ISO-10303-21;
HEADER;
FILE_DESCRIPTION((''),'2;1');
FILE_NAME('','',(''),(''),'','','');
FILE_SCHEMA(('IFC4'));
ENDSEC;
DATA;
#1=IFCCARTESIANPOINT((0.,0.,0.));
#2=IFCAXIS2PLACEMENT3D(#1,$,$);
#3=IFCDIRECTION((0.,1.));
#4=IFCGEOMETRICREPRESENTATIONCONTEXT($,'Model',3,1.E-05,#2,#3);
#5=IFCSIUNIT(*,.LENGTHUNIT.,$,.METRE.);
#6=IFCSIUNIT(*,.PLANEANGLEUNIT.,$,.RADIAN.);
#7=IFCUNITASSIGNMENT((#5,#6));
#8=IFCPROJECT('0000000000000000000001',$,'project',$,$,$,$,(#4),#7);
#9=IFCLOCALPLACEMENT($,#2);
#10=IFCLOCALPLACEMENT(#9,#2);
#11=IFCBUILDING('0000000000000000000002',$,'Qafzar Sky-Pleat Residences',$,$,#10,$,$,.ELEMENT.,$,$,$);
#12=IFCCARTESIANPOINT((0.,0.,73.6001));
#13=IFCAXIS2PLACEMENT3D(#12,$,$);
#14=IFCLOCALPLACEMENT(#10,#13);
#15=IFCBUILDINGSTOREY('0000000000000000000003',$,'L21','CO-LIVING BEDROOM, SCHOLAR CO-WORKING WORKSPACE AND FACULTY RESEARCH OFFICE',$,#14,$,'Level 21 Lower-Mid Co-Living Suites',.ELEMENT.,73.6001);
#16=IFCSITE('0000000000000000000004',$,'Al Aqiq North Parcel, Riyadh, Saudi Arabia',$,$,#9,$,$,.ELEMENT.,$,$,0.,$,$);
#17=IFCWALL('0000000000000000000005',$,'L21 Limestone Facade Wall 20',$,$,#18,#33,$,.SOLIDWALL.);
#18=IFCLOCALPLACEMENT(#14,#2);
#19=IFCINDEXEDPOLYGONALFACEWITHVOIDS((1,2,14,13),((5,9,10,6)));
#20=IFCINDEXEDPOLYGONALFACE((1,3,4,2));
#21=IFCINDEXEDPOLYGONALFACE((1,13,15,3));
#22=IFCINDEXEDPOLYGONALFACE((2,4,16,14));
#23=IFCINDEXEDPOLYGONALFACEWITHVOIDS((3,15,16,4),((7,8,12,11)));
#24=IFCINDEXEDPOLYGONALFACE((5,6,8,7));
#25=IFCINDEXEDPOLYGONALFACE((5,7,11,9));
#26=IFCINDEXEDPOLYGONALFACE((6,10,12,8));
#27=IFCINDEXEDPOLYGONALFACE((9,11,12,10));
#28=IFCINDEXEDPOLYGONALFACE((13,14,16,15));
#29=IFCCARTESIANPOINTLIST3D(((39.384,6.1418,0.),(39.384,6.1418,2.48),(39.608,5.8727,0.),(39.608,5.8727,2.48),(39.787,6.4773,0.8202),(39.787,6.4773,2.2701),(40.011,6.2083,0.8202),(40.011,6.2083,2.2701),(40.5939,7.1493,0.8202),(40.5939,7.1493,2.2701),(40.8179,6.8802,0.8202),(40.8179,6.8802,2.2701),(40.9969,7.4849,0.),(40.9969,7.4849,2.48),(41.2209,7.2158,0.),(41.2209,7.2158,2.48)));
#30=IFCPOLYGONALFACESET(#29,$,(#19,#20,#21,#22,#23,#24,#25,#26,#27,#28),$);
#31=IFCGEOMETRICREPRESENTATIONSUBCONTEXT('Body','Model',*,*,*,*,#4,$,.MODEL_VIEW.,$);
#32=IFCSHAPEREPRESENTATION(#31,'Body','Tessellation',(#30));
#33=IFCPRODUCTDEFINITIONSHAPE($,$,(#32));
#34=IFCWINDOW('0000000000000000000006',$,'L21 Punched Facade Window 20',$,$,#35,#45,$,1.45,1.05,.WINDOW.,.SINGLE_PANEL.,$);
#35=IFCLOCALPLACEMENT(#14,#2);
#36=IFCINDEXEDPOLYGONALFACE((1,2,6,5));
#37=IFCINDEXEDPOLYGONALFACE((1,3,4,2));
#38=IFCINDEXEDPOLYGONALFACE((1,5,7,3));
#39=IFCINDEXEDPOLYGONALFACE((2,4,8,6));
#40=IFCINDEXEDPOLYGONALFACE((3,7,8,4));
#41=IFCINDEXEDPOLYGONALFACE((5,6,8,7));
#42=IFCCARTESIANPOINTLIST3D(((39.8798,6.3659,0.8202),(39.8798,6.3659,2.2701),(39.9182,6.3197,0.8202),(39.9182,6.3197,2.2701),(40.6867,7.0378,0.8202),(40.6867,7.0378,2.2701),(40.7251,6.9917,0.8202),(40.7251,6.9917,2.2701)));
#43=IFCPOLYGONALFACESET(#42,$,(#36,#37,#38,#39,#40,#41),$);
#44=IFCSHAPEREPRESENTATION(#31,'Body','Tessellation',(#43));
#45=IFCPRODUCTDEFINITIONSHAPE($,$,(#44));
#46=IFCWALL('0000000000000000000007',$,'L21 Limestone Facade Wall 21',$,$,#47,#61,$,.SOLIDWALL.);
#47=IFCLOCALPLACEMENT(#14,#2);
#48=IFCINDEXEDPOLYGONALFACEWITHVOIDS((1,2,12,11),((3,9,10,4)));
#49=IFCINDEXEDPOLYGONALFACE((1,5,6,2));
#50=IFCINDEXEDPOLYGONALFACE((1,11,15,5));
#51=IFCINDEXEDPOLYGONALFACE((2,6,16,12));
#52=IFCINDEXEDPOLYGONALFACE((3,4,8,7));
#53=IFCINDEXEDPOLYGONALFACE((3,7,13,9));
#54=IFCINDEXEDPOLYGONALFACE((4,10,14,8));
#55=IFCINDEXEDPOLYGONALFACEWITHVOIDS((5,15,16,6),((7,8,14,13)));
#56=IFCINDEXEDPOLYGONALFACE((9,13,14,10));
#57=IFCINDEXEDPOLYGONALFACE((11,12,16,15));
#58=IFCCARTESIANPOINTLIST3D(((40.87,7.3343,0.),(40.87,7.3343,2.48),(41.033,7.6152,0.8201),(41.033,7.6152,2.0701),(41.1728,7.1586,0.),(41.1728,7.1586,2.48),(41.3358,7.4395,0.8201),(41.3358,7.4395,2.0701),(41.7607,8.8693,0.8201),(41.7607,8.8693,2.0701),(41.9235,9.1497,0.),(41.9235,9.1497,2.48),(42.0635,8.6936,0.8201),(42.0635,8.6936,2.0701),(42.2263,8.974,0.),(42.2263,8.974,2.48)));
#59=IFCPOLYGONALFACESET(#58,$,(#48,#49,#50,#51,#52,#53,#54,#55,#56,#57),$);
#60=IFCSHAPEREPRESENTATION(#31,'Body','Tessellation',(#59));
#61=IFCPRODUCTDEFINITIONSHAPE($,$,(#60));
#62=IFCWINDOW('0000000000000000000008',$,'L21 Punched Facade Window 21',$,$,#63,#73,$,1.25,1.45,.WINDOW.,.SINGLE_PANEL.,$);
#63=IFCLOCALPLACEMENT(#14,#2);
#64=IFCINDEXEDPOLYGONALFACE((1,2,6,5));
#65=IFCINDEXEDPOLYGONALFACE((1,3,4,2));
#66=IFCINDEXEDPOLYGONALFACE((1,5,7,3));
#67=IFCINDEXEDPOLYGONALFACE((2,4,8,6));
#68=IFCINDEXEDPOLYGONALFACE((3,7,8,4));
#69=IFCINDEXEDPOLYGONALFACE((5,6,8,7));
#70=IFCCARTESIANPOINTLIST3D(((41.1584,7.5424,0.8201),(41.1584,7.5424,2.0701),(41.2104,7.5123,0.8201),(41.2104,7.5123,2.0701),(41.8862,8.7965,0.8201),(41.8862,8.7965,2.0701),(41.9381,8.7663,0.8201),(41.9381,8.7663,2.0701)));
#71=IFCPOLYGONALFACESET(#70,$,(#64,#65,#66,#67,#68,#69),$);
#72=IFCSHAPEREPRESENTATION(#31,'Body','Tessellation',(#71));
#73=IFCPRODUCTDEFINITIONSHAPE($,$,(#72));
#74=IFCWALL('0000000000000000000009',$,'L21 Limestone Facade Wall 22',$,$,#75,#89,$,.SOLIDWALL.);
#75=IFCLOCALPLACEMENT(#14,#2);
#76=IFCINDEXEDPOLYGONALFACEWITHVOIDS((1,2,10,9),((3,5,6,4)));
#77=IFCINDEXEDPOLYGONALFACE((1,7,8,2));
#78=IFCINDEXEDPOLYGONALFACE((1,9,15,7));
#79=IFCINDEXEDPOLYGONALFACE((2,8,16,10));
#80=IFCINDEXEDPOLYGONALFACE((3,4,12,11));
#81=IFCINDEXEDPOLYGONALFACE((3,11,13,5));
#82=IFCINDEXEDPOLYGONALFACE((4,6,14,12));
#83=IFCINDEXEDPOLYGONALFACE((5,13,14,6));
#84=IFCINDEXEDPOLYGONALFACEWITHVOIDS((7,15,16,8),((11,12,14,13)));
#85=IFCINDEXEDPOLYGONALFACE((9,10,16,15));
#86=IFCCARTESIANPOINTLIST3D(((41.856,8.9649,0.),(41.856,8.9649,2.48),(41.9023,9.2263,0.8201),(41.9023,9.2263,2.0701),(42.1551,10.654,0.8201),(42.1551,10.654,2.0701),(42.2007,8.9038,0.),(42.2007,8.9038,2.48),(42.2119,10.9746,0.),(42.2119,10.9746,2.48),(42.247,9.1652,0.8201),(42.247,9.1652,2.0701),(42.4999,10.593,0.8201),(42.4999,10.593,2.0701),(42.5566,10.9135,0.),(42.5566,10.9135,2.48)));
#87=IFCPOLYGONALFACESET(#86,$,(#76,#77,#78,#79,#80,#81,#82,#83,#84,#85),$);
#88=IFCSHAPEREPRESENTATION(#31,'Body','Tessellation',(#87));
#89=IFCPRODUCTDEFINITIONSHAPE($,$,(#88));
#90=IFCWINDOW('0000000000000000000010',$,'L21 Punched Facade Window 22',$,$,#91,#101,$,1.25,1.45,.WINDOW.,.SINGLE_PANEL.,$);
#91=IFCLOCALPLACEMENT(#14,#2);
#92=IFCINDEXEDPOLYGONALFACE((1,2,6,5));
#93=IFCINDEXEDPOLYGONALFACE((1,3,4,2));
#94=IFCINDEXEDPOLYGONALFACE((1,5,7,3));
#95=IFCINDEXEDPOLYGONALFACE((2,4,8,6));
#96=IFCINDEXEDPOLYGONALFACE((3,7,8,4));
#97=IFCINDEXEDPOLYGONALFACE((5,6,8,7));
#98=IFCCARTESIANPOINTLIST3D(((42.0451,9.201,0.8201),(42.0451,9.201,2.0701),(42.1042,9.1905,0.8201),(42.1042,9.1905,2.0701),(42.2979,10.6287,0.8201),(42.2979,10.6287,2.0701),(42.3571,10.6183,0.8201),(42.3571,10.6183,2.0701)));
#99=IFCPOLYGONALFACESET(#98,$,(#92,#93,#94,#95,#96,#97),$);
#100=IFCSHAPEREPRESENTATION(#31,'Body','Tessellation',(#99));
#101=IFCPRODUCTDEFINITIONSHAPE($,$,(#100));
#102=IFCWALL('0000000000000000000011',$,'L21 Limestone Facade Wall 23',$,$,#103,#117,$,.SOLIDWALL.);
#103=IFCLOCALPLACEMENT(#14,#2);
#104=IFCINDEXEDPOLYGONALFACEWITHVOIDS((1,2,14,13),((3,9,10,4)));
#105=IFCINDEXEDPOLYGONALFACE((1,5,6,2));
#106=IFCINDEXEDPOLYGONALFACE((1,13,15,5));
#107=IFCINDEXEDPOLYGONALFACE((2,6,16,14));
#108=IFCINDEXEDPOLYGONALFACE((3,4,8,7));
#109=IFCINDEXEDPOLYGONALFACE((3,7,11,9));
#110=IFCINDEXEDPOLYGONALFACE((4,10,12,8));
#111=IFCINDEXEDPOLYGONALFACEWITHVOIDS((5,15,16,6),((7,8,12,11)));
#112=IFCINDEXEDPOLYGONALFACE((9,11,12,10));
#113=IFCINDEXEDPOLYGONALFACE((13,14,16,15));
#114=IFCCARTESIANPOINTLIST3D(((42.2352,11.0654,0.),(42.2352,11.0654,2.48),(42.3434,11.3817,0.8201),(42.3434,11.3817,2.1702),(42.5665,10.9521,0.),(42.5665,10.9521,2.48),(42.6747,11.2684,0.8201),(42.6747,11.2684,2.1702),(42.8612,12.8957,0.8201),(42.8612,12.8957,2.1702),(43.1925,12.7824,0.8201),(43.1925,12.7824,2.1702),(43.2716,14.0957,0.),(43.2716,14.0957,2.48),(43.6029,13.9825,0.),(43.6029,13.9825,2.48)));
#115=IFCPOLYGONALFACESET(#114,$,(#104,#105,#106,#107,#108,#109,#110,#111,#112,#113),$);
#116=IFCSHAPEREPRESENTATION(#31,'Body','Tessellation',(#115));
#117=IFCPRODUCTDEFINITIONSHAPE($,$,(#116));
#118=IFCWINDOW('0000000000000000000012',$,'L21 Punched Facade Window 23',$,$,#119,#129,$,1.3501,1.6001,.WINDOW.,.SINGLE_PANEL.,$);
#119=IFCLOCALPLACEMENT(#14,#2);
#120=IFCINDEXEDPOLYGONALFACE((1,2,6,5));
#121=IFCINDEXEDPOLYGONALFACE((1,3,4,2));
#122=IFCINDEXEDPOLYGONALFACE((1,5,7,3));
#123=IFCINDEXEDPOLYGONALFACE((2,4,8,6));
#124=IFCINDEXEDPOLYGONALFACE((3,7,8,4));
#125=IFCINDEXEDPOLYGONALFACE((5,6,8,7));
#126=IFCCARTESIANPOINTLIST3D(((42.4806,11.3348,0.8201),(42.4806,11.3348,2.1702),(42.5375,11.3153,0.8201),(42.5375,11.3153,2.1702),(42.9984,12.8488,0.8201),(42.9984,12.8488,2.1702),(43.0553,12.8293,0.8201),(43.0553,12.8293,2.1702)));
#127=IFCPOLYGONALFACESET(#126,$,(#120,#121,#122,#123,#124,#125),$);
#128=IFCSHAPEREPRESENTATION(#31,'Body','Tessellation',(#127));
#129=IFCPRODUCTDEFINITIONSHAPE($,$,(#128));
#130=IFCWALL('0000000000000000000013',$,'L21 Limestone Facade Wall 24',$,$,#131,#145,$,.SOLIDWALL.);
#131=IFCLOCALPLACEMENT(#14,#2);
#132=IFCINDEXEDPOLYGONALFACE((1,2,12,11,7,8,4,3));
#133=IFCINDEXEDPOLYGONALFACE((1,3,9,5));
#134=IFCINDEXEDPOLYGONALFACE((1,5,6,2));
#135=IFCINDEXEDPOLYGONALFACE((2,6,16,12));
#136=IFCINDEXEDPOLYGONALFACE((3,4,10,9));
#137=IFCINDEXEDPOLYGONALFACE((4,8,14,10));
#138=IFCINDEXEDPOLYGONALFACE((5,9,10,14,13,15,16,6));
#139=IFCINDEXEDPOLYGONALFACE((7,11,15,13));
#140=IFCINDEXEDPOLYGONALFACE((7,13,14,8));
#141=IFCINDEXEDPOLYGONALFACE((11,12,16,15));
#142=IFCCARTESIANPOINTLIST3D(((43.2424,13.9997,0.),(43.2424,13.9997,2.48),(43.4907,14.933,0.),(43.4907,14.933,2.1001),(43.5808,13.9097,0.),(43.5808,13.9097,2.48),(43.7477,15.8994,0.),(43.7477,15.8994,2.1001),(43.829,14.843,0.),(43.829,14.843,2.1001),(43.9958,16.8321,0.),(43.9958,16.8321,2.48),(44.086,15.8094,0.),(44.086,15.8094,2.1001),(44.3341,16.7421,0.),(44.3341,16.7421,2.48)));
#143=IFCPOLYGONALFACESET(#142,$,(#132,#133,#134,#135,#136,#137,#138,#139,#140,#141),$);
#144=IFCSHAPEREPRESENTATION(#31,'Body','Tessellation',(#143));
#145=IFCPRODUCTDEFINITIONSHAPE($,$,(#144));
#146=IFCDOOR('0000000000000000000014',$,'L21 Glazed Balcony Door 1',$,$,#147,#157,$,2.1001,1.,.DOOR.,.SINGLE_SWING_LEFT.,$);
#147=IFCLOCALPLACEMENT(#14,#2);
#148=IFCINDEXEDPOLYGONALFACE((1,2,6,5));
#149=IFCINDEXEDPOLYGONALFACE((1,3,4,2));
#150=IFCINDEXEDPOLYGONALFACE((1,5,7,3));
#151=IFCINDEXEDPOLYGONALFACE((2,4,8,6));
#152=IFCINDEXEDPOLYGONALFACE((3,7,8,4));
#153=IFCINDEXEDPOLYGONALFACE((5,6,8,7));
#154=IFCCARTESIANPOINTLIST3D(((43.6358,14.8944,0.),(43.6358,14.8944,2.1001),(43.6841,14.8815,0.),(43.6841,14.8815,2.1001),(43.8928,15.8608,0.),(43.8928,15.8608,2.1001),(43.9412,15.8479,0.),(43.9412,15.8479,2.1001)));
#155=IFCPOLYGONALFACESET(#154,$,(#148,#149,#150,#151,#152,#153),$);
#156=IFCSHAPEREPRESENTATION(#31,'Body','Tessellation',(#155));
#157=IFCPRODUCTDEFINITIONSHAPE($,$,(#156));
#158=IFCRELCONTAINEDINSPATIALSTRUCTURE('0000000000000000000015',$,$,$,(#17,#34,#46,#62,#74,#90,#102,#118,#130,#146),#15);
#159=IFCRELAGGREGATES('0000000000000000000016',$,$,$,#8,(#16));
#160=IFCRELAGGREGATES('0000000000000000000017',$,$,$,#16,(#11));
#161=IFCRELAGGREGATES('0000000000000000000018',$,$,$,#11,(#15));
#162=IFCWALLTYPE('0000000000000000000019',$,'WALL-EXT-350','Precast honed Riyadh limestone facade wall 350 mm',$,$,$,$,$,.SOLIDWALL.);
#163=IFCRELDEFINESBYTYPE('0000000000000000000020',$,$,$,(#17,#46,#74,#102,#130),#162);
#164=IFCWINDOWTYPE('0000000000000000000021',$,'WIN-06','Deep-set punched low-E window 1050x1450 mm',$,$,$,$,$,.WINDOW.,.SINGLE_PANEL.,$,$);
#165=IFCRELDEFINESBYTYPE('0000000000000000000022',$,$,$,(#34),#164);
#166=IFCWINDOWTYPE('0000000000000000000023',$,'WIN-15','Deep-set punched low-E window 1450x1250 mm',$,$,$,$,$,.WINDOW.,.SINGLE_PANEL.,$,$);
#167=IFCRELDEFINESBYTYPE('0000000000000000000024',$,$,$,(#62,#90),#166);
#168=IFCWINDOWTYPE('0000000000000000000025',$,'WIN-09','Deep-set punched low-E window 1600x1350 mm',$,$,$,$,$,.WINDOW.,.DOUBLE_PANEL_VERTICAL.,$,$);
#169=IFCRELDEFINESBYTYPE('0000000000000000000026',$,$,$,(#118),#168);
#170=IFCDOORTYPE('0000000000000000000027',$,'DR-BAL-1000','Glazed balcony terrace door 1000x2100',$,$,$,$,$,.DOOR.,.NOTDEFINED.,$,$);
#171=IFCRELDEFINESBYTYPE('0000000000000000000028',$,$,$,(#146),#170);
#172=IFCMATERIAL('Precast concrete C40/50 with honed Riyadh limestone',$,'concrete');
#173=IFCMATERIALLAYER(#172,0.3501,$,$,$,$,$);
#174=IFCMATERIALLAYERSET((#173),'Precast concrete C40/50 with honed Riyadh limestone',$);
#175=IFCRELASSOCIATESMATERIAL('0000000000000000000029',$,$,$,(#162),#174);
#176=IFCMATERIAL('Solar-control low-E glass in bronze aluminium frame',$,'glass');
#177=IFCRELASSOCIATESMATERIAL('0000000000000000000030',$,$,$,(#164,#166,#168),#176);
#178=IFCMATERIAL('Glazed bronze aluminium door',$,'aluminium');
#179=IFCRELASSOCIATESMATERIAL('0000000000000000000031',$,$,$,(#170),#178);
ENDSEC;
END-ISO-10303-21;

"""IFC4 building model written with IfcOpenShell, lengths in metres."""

from ifc_helpers import new_model, si_unit, direction, frame, frame_2d, origin, place, context, subcontext, project, spatial, rectangle, extrude, source, transform, mapped, material, layer, layer_set, type_object, element, fill, save


model = new_model("IFC4")

# Units and contexts
model_context = context("Model", 3, precision=1e-05, world=origin(), true_north=direction((0.0, 1.0)))
body_context = subcontext(model_context, "Body", "Model", "MODEL_VIEW")
ifc_project = project(units=[si_unit("LENGTHUNIT", "METRE"), si_unit("PLANEANGLEUNIT", "RADIAN")], contexts=[model_context])

# Site, building, storey
site_placement = place(None, origin())
site = spatial("IfcSite", under=ifc_project, at=site_placement, Name="Al Aqiq North Parcel, Riyadh, Saudi Arabia", CompositionType="ELEMENT", RefElevation=0.0)
building_placement = place(site_placement, origin())
building = spatial("IfcBuilding", under=site, at=building_placement, Name="Qafzar Sky-Pleat Residences", CompositionType="ELEMENT")
storey_placement = place(building_placement, frame((0.0, 0.0, 73.6001)))
storey = spatial("IfcBuildingStorey", under=building, at=storey_placement, Name="L21", Description="CO-LIVING BEDROOM, SCHOLAR CO-WORKING WORKSPACE AND FACULTY RESEARCH OFFICE", LongName="Level 21 Lower-Mid Co-Living Suites", CompositionType="ELEMENT", Elevation=73.6001)

# Walls, openings, windows
ifc_material_1 = material(Name="Precast concrete C40/50 with honed Riyadh limestone", Category="concrete")
ifc_layer_1 = layer(ifc_material_1, 0.3501)
ifc_layer_set_1 = layer_set([ifc_layer_1], Name="Precast concrete C40/50 with honed Riyadh limestone")
wall_type_1 = type_object("IfcWallType", Name="WALL-EXT-350", Description="Precast honed Riyadh limestone facade wall 350 mm", PredefinedType="SOLIDWALL", material=ifc_layer_set_1)
ifc_material_2 = material(Name="Solar-control low-E glass in bronze aluminium frame", Category="glass")
window_type_1 = type_object("IfcWindowType", Name="WIN-06", Description="Deep-set punched low-E window 1050x1450 mm", PartitioningType="SINGLE_PANEL", PredefinedType="WINDOW", material=ifc_material_2)
shared_shape_1 = source(origin(), body_context, "Body", "SweptSolid", [
    extrude(rectangle(XDim=1.05, YDim=1.45, at=frame_2d((0.5249, 0.7251))), frame((0.0, 0.03, 0.0), z_axis=(0.0, -1.0, 0.0), x_axis=(1.0, 0.0, 0.0)), (0.0, 0.0, 1.0), 0.0601),
])
wall_1_placement = place(storey_placement, frame((39.4961, 6.0073, 0.0), z_axis=(0.0, 0.0, 1.0), x_axis=(0.76845, 0.63991, 0.0)))
wall_1 = element("IfcWall", 1, at=wall_1_placement, inside=storey, type_object=wall_type_1, Name="L21 Limestone Facade Wall 20", PredefinedType="SOLIDWALL", context=body_context, shape_type="SweptSolid", body=[
    extrude(rectangle(XDim=2.0989, YDim=0.3501, at=frame_2d((1.0493, 0.0))), origin(), (0.0, 0.0, 1.0), 2.48),
])
opening_1_placement = place(wall_1_placement, frame((0.5244, 0.0, 0.8201)))
opening_1 = element("IfcOpeningElement", 2, at=opening_1_placement, cuts=wall_1, PredefinedType="OPENING", context=body_context, shape_type="SweptSolid", body=[
    extrude(rectangle(XDim=1.05, YDim=1.45, at=frame_2d((0.5249, 0.7251))), frame((0.0, 0.1851, 0.0), z_axis=(0.0, -1.0, 0.0), x_axis=(1.0, 0.0, 0.0)), (0.0, 0.0, 1.0), 0.3701),
])
window_1_placement = place(opening_1_placement, origin())
window_1 = element("IfcWindow", 3, at=window_1_placement, inside=storey, type_object=window_type_1, Name="L21 Punched Facade Window 20", OverallHeight=1.45, OverallWidth=1.05, PartitioningType="SINGLE_PANEL", PredefinedType="WINDOW", context=body_context, shape_type="MappedRepresentation", body=[
    mapped(shared_shape_1, transform((0.0, 0.0, 0.0), x_axis=(1.0, 0.0, 0.0), y_axis=(0.0, 1.0, 0.0), z_axis=(0.0, 0.0, 1.0), scale=1.0)),
])
fill(opening_1, window_1)
wall_2_placement = place(storey_placement, frame((41.0215, 7.2466, 0.0), z_axis=(0.0, 0.0, 1.0), x_axis=(0.501903, 0.864924, 0.0)))
wall_2 = element("IfcWall", 4, at=wall_2_placement, inside=storey, type_object=wall_type_1, Name="L21 Limestone Facade Wall 21", PredefinedType="SOLIDWALL", context=body_context, shape_type="SweptSolid", body=[
    extrude(rectangle(XDim=2.0989, YDim=0.3501, at=frame_2d((1.0493, 0.0))), origin(), (0.0, 0.0, 1.0), 2.48),
])
opening_2_placement = place(wall_2_placement, frame((0.3245, 0.0, 0.8201)))
opening_2 = element("IfcOpeningElement", 5, at=opening_2_placement, cuts=wall_2, PredefinedType="OPENING", context=body_context, shape_type="SweptSolid", body=[
    extrude(rectangle(XDim=1.45, YDim=1.25, at=frame_2d((0.7251, 0.625))), frame((0.0, 0.1851, 0.0), z_axis=(0.0, -1.0, 0.0), x_axis=(1.0, 0.0, 0.0)), (0.0, 0.0, 1.0), 0.3701),
])
window_type_2 = type_object("IfcWindowType", Name="WIN-15", Description="Deep-set punched low-E window 1450x1250 mm", PartitioningType="SINGLE_PANEL", PredefinedType="WINDOW", material=ifc_material_2)
shared_shape_2 = source(origin(), body_context, "Body", "SweptSolid", [
    extrude(rectangle(XDim=1.45, YDim=1.25, at=frame_2d((0.7251, 0.625))), frame((0.0, 0.03, 0.0), z_axis=(0.0, -1.0, 0.0), x_axis=(1.0, 0.0, 0.0)), (0.0, 0.0, 1.0), 0.0601),
])
window_2_placement = place(opening_2_placement, origin())
window_2 = element("IfcWindow", 6, at=window_2_placement, inside=storey, type_object=window_type_2, Name="L21 Punched Facade Window 21", OverallHeight=1.25, OverallWidth=1.45, PartitioningType="SINGLE_PANEL", PredefinedType="WINDOW", context=body_context, shape_type="MappedRepresentation", body=[
    mapped(shared_shape_2, transform((0.0, 0.0, 0.0), x_axis=(1.0, 0.0, 0.0), y_axis=(0.0, 1.0, 0.0), z_axis=(0.0, 0.0, 1.0), scale=1.0)),
])
fill(opening_2, window_2)
wall_3_placement = place(storey_placement, frame((42.0283, 8.9343, 0.0), z_axis=(0.0, 0.0, 1.0), x_axis=(0.174399, 0.984675, 0.0)))
wall_3 = element("IfcWall", 7, at=wall_3_placement, inside=storey, type_object=wall_type_1, Name="L21 Limestone Facade Wall 22", PredefinedType="SOLIDWALL", context=body_context, shape_type="SweptSolid", body=[
    extrude(rectangle(XDim=2.041, YDim=0.3501, at=frame_2d((1.0205, 0.0))), origin(), (0.0, 0.0, 1.0), 2.48),
])
opening_3_placement = place(wall_3_placement, frame((0.2654, 0.0, 0.8201)))
opening_3 = element("IfcOpeningElement", 8, at=opening_3_placement, cuts=wall_3, PredefinedType="OPENING", context=body_context, shape_type="SweptSolid", body=[
    extrude(rectangle(XDim=1.45, YDim=1.25, at=frame_2d((0.7251, 0.625))), frame((0.0, 0.1851, 0.0), z_axis=(0.0, -1.0, 0.0), x_axis=(1.0, 0.0, 0.0)), (0.0, 0.0, 1.0), 0.3701),
])
window_3_placement = place(opening_3_placement, origin())
window_3 = element("IfcWindow", 9, at=window_3_placement, inside=storey, type_object=window_type_2, Name="L21 Punched Facade Window 22", OverallHeight=1.25, OverallWidth=1.45, PartitioningType="SINGLE_PANEL", PredefinedType="WINDOW", context=body_context, shape_type="MappedRepresentation", body=[
    mapped(shared_shape_2, transform((0.0, 0.0, 0.0), x_axis=(1.0, 0.0, 0.0), y_axis=(0.0, 1.0, 0.0), z_axis=(0.0, 0.0, 1.0), scale=1.0)),
])
fill(opening_3, window_3)
wall_4_placement = place(storey_placement, frame((42.4009, 11.0088, 0.0), z_axis=(0.0, 0.0, 1.0), x_axis=(0.323605, 0.946192, 0.0)))
wall_4 = element("IfcWall", 10, at=wall_4_placement, inside=storey, type_object=wall_type_1, Name="L21 Limestone Facade Wall 23", PredefinedType="SOLIDWALL", context=body_context, shape_type="SweptSolid", body=[
    extrude(rectangle(XDim=3.2026, YDim=0.3501, at=frame_2d((1.6013, 0.0))), origin(), (0.0, 0.0, 1.0), 2.48),
])
opening_4_placement = place(wall_4_placement, frame((0.3342, 0.0, 0.8201)))
opening_4 = element("IfcOpeningElement", 11, at=opening_4_placement, cuts=wall_4, PredefinedType="OPENING", context=body_context, shape_type="SweptSolid", body=[
    extrude(rectangle(XDim=1.6001, YDim=1.3501, at=frame_2d((0.8, 0.675))), frame((0.0, 0.1851, 0.0), z_axis=(0.0, -1.0, 0.0), x_axis=(1.0, 0.0, 0.0)), (0.0, 0.0, 1.0), 0.3701),
])
window_type_3 = type_object("IfcWindowType", Name="WIN-09", Description="Deep-set punched low-E window 1600x1350 mm", PartitioningType="DOUBLE_PANEL_VERTICAL", PredefinedType="WINDOW", material=ifc_material_2)
shared_shape_3 = source(origin(), body_context, "Body", "SweptSolid", [
    extrude(rectangle(XDim=1.6001, YDim=1.3501, at=frame_2d((0.8, 0.675))), frame((0.0, 0.03, 0.0), z_axis=(0.0, -1.0, 0.0), x_axis=(1.0, 0.0, 0.0)), (0.0, 0.0, 1.0), 0.0601),
])
window_4_placement = place(opening_4_placement, origin())
window_4 = element("IfcWindow", 12, at=window_4_placement, inside=storey, type_object=window_type_3, Name="L21 Punched Facade Window 23", OverallHeight=1.3501, OverallWidth=1.6001, PartitioningType="SINGLE_PANEL", PredefinedType="WINDOW", context=body_context, shape_type="MappedRepresentation", body=[
    mapped(shared_shape_3, transform((0.0, 0.0, 0.0), x_axis=(1.0, 0.0, 0.0), y_axis=(0.0, 1.0, 0.0), z_axis=(0.0, 0.0, 1.0), scale=1.0)),
])
fill(opening_4, window_4)

# Wall, opening, door
wall_5_placement = place(storey_placement, frame((43.4116, 13.9548, 0.0), z_axis=(0.0, 0.0, 1.0), x_axis=(0.257051, 0.966398, 0.0)))
wall_5 = element("IfcWall", 13, at=wall_5_placement, inside=storey, type_object=wall_type_1, Name="L21 Limestone Facade Wall 24", PredefinedType="SOLIDWALL", context=body_context, shape_type="SweptSolid", body=[
    extrude(rectangle(XDim=2.9309, YDim=0.3501, at=frame_2d((1.4653, 0.0))), origin(), (0.0, 0.0, 1.0), 2.48),
])
opening_5_placement = place(wall_5_placement, frame((0.9656, 0.0, 0.0)))
opening_5 = element("IfcOpeningElement", 14, at=opening_5_placement, cuts=wall_5, PredefinedType="OPENING", context=body_context, shape_type="SweptSolid", body=[
    extrude(rectangle(XDim=1.0, YDim=2.1001, at=frame_2d((0.5, 1.05))), frame((0.0, 0.1851, 0.0), z_axis=(0.0, -1.0, 0.0), x_axis=(1.0, 0.0, 0.0)), (0.0, 0.0, 1.0), 0.3701),
])
ifc_material_3 = material(Name="Glazed bronze aluminium door", Category="aluminium")
door_type = type_object("IfcDoorType", Name="DR-BAL-1000", Description="Glazed balcony terrace door 1000x2100", OperationType="NOTDEFINED", PredefinedType="DOOR", material=ifc_material_3)
shared_shape_4 = source(origin(), body_context, "Body", "SweptSolid", [
    extrude(rectangle(XDim=1.0, YDim=2.1001, at=frame_2d((0.5, 1.05))), frame((0.0, 0.0249, 0.0), z_axis=(0.0, -1.0, 0.0), x_axis=(1.0, 0.0, 0.0)), (0.0, 0.0, 1.0), 0.05),
])
door_placement = place(opening_5_placement, origin())
door = element("IfcDoor", 15, at=door_placement, inside=storey, type_object=door_type, Name="L21 Glazed Balcony Door 1", OperationType="SINGLE_SWING_LEFT", OverallHeight=2.1001, OverallWidth=1.0, PredefinedType="DOOR", context=body_context, shape_type="MappedRepresentation", body=[
    mapped(shared_shape_4, transform((0.0, 0.0, 0.0), x_axis=(1.0, 0.0, 0.0), y_axis=(0.0, 1.0, 0.0), z_axis=(0.0, 0.0, 1.0), scale=1.0)),
])
fill(opening_5, door)

save(model, "model.ifc")
